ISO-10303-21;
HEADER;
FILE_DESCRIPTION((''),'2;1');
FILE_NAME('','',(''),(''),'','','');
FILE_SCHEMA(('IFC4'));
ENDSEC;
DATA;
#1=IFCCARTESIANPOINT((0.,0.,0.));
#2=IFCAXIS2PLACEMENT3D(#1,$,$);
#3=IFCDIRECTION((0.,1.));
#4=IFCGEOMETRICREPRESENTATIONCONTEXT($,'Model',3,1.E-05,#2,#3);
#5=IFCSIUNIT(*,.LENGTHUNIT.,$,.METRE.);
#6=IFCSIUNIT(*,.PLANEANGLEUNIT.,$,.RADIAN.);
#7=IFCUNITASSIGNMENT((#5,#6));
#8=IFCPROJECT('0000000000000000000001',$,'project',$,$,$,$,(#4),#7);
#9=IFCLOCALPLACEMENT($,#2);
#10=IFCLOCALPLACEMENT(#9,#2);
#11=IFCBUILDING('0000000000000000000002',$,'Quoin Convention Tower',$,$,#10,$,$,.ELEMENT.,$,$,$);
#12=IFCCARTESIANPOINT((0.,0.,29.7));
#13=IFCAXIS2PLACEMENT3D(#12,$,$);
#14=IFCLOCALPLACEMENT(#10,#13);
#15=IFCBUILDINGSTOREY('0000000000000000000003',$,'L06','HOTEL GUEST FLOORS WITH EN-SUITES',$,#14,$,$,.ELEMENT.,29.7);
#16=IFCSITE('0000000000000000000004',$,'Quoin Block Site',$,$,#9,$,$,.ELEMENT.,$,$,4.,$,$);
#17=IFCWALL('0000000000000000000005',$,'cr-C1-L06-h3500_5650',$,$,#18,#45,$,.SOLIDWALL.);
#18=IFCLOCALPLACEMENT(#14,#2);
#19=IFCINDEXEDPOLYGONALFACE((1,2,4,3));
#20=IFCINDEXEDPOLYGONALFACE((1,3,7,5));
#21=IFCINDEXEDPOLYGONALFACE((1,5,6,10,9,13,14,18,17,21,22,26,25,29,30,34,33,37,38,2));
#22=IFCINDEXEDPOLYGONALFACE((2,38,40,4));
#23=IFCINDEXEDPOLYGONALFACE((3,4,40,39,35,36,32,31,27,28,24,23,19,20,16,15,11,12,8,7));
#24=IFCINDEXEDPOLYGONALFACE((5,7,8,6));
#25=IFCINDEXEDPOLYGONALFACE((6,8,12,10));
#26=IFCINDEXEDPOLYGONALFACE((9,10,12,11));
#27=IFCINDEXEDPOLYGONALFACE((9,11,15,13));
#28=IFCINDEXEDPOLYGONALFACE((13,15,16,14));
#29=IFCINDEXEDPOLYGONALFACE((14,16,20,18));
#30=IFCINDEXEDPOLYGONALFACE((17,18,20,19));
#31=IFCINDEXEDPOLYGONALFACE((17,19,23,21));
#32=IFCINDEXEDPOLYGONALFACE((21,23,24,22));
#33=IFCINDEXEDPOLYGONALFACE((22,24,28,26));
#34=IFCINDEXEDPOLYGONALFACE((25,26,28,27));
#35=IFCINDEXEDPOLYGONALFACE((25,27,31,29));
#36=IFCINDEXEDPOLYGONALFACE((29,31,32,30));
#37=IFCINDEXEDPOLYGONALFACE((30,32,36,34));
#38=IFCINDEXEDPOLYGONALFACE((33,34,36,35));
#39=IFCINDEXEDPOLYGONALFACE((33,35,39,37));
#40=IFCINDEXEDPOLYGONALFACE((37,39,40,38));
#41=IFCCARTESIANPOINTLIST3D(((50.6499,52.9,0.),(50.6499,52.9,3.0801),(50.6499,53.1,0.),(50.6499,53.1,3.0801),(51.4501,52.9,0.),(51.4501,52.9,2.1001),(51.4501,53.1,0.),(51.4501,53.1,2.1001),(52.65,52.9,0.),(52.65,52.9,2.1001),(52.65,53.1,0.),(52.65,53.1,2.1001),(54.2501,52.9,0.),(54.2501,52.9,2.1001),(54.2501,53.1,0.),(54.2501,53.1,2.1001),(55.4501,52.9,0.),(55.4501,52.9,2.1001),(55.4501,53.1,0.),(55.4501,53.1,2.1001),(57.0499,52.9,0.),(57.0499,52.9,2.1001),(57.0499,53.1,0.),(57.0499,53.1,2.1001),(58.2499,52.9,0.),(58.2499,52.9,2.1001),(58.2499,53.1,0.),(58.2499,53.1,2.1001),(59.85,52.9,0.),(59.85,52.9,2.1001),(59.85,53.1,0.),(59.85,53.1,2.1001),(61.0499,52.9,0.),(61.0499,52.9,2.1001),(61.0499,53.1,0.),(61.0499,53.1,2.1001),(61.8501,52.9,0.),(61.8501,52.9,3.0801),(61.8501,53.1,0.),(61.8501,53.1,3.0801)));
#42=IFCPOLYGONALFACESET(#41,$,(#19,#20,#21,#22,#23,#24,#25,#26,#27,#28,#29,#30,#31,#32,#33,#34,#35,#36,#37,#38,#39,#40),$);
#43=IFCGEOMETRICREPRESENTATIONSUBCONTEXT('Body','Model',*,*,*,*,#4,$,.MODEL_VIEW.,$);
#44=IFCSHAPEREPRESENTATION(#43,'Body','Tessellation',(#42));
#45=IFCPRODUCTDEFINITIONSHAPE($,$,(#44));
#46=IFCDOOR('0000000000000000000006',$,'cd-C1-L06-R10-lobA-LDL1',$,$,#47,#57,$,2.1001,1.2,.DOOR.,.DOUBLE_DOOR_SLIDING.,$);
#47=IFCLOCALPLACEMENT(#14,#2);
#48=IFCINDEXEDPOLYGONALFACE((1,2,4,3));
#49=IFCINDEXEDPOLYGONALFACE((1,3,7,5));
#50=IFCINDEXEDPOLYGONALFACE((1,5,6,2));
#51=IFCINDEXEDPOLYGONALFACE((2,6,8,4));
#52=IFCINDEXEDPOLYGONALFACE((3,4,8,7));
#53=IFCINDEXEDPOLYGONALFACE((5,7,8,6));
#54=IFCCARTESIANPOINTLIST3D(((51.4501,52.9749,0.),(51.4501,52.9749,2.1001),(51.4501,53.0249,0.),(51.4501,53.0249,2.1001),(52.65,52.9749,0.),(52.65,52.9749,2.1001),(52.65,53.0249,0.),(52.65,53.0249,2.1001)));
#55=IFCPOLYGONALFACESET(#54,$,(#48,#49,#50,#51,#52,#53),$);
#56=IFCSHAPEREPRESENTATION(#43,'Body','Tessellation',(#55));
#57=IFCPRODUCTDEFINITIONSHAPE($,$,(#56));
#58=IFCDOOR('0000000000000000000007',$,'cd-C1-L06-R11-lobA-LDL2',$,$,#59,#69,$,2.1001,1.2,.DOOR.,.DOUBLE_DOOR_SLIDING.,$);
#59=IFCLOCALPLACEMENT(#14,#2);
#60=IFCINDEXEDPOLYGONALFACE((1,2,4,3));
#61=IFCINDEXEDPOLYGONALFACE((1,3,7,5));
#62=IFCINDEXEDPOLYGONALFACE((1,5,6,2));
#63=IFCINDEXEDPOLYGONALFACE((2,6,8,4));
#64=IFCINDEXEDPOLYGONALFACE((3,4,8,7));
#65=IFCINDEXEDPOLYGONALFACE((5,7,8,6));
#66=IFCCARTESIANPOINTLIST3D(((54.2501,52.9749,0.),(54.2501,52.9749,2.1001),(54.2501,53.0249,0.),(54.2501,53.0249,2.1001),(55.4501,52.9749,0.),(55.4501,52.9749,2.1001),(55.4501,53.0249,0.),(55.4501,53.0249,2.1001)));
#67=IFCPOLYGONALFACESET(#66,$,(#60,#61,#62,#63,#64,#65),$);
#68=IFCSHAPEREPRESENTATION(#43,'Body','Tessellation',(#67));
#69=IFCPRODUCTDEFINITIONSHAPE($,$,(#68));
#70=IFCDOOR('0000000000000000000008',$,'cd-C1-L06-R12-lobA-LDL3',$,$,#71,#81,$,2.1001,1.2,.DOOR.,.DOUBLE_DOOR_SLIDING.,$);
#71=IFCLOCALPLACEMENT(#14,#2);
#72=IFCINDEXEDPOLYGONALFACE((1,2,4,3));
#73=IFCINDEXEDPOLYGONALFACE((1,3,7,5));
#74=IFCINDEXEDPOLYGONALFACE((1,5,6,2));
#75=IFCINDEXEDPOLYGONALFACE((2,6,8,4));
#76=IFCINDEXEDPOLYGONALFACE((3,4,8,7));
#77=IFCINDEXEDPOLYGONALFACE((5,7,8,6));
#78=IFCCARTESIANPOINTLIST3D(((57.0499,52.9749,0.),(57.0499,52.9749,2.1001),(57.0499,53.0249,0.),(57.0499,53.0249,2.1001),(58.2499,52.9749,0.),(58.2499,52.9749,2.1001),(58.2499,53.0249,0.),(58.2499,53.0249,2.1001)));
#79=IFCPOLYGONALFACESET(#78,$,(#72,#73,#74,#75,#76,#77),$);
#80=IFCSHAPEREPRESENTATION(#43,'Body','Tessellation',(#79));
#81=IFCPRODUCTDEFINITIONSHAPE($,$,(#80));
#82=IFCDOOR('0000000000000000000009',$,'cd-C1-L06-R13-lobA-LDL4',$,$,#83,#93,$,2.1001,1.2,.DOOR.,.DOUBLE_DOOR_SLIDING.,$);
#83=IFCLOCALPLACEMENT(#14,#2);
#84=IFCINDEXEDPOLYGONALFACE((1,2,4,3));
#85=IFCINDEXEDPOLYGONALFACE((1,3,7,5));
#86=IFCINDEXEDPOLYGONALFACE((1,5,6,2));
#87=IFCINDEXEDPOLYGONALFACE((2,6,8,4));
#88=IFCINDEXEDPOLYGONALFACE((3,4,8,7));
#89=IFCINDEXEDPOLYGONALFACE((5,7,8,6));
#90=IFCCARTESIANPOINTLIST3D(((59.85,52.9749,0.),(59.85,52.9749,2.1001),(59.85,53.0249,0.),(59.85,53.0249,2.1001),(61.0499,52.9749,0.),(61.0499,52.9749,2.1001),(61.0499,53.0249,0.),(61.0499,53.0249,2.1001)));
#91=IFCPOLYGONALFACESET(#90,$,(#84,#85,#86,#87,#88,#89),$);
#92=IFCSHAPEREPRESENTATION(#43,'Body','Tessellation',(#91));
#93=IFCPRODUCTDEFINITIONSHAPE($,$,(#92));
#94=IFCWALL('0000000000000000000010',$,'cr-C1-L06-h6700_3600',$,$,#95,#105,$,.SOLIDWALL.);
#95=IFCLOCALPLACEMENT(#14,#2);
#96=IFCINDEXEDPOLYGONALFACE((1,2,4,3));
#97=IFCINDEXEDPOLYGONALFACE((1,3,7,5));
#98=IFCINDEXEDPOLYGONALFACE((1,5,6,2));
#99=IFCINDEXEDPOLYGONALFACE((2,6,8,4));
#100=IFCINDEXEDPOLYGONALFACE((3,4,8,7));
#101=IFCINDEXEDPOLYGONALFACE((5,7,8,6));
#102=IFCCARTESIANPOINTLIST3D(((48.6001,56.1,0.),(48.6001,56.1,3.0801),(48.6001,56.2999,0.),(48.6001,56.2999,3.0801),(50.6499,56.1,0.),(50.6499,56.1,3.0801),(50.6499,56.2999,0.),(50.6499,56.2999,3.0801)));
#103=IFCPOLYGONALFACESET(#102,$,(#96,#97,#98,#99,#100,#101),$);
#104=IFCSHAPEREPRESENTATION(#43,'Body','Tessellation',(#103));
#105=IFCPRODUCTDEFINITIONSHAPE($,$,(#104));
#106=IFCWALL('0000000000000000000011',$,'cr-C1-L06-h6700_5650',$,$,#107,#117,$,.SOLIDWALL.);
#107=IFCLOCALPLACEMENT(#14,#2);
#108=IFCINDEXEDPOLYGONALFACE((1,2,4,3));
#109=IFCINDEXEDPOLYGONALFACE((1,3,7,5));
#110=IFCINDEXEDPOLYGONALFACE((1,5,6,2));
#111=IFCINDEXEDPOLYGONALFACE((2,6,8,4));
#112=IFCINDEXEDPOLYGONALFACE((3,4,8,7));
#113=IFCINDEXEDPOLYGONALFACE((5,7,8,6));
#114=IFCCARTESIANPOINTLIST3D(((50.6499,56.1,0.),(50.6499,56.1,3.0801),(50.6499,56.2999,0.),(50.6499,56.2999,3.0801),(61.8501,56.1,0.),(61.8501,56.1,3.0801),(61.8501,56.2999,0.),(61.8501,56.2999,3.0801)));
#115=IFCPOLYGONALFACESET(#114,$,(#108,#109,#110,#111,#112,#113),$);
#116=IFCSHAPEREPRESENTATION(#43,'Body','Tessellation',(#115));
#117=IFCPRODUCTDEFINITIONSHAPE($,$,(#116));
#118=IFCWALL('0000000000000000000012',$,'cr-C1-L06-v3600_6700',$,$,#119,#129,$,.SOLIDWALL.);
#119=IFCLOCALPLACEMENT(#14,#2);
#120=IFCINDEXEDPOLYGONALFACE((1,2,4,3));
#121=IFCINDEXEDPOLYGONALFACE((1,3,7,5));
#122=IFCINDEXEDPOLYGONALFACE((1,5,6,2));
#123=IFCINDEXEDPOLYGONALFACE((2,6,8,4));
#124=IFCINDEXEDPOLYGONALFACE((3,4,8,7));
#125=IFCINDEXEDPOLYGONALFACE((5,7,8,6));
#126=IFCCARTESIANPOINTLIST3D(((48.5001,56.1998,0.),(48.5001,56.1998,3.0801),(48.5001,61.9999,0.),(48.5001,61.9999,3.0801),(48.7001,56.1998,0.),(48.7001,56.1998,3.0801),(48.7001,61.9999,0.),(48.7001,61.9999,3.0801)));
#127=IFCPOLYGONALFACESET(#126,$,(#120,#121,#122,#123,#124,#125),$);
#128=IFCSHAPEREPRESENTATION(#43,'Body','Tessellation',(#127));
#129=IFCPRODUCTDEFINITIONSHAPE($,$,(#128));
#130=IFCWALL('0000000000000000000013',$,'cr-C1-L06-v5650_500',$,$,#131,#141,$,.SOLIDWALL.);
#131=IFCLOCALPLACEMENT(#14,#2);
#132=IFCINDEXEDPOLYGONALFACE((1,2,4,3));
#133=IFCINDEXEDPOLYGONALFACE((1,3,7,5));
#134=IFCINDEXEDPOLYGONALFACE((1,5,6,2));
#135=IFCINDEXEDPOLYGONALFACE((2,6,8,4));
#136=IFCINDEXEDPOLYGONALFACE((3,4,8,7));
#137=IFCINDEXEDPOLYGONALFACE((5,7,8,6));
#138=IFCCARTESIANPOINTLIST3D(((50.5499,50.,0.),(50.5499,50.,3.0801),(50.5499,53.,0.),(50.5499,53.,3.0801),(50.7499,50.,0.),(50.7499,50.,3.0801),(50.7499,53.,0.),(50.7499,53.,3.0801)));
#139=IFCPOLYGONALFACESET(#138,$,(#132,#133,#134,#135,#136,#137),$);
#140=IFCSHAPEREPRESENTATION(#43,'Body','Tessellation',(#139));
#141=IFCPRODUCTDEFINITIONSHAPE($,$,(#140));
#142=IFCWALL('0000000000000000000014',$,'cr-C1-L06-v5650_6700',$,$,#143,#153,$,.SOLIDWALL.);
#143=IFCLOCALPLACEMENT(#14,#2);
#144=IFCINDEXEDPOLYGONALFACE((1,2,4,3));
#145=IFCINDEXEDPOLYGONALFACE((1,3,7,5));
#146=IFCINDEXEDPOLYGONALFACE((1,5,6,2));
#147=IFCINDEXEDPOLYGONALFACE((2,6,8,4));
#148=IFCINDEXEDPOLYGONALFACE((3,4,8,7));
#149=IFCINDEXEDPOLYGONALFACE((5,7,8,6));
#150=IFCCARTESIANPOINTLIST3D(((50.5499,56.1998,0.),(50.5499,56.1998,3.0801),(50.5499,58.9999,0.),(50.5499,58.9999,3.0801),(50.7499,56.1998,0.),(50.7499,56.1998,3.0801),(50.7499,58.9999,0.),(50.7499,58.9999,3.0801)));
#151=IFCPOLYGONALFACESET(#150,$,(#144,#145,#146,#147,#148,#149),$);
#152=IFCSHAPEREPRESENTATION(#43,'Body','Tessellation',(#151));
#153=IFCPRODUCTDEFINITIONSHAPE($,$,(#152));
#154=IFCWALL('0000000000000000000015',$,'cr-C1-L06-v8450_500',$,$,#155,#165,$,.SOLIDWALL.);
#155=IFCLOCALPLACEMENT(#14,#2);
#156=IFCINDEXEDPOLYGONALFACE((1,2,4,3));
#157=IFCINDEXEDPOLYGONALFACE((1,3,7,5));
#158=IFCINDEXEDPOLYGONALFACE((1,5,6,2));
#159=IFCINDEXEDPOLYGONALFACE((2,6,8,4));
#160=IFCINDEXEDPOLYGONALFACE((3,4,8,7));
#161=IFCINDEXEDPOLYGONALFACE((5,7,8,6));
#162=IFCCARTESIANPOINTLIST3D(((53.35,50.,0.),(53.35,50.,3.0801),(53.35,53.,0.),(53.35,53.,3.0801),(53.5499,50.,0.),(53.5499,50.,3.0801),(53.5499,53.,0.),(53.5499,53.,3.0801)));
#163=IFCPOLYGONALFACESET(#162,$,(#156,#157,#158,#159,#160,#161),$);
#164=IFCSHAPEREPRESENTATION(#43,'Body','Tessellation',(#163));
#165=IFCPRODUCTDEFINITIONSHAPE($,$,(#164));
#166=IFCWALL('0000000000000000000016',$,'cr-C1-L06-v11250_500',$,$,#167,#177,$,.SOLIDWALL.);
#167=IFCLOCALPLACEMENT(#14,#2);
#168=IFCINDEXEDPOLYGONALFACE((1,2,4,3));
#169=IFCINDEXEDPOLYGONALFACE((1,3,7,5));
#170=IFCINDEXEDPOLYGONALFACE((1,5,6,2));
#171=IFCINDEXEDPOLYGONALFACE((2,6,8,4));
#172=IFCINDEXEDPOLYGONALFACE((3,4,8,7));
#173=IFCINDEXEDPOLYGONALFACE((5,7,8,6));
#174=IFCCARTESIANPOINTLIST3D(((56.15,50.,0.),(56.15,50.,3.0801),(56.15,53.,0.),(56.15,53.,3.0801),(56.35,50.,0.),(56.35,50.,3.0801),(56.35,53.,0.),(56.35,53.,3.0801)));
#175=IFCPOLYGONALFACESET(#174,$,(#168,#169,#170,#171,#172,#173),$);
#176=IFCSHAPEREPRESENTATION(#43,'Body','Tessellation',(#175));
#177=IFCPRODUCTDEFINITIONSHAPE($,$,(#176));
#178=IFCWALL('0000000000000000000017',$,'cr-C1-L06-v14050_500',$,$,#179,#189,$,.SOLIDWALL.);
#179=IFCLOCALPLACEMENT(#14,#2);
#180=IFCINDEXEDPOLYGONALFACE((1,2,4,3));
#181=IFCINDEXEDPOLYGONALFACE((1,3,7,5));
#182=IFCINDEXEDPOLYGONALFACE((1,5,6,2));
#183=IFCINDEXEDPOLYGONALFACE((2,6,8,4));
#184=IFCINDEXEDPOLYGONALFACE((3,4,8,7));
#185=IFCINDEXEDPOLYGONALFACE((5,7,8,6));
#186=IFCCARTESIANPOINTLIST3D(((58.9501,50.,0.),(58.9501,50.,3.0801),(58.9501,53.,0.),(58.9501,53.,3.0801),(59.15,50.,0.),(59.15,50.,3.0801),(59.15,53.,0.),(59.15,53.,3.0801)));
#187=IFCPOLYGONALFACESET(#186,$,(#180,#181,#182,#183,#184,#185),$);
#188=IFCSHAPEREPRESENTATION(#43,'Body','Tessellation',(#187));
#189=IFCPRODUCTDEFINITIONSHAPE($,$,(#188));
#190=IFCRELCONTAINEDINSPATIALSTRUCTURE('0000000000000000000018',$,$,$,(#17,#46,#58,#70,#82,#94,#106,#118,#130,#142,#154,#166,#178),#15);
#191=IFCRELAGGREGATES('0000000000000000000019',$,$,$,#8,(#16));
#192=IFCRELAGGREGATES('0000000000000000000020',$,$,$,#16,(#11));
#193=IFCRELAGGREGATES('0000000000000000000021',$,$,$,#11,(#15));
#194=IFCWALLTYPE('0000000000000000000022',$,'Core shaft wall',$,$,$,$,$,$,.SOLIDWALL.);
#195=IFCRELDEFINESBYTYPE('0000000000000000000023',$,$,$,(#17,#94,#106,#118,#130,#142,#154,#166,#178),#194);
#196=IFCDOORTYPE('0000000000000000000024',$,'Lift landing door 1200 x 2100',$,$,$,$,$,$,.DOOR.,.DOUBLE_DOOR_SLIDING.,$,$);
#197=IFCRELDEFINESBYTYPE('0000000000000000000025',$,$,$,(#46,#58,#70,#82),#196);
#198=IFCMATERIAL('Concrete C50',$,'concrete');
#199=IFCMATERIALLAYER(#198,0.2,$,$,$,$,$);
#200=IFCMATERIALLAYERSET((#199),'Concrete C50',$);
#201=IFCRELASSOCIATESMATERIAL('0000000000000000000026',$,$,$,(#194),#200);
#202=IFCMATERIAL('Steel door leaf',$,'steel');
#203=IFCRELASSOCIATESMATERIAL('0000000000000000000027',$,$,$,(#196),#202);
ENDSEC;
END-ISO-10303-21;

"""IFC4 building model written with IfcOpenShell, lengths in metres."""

from ifc_helpers import new_model, si_unit, direction, frame, frame_2d, origin, place, context, subcontext, project, spatial, rectangle, extrude, material, layer, layer_set, type_object, element, fill, save


model = new_model("IFC4")

# Units and contexts
model_context = context("Model", 3, precision=1e-05, world=origin(), true_north=direction((0.0, 1.0)))
body_context = subcontext(model_context, "Body", "Model", "MODEL_VIEW")
ifc_project = project(units=[si_unit("LENGTHUNIT", "METRE"), si_unit("PLANEANGLEUNIT", "RADIAN")], contexts=[model_context])

# Site, building, storey
site_placement = place(None, origin())
site = spatial("IfcSite", under=ifc_project, at=site_placement, Name="Quoin Block Site", CompositionType="ELEMENT", RefElevation=4.0)
building_placement = place(site_placement, origin())
building = spatial("IfcBuilding", under=site, at=building_placement, Name="Quoin Convention Tower", CompositionType="ELEMENT")
storey_placement = place(building_placement, frame((0.0, 0.0, 29.7)))
storey = spatial("IfcBuildingStorey", under=building, at=storey_placement, Name="L06", Description="HOTEL GUEST FLOORS WITH EN-SUITES", CompositionType="ELEMENT", Elevation=29.7)

# Shared definitions
ifc_material_1 = material(Name="Steel door leaf", Category="steel")

# Wall, openings, doors
ifc_material_2 = material(Name="Concrete C50", Category="concrete")
ifc_layer_1 = layer(ifc_material_2, 0.2)
ifc_layer_set_1 = layer_set([ifc_layer_1], Name="Concrete C50")
wall_type_1 = type_object("IfcWallType", Name="Core shaft wall", PredefinedType="SOLIDWALL", material=ifc_layer_set_1)
wall_1_placement = place(storey_placement, frame((50.6499, 53.0, 0.0), z_axis=(0.0, 0.0, 1.0), x_axis=(1.0, 0.0, 0.0)))
wall_1 = element("IfcWall", 1, at=wall_1_placement, inside=storey, type_object=wall_type_1, Name="cr-C1-L06-h3500_5650", PredefinedType="SOLIDWALL", context=body_context, shape_type="SweptSolid", body=[
    extrude(rectangle(XDim=11.2002, YDim=0.2, at=frame_2d((5.6001, 0.0))), origin(), (0.0, 0.0, 1.0), 3.0801),
])
opening_1_placement = place(wall_1_placement, frame((0.8, 0.0, 0.0)))
opening_1 = element("IfcOpeningElement", 2, at=opening_1_placement, cuts=wall_1, PredefinedType="OPENING", context=body_context, shape_type="SweptSolid", body=[
    extrude(rectangle(XDim=1.2, YDim=2.1001, at=frame_2d((0.6001, 1.05))), frame((0.0, 0.1099, 0.0), z_axis=(0.0, -1.0, 0.0), x_axis=(1.0, 0.0, 0.0)), (0.0, 0.0, 1.0), 0.22),
])
opening_2_placement = place(wall_1_placement, frame((3.6001, 0.0, 0.0)))
opening_2 = element("IfcOpeningElement", 3, at=opening_2_placement, cuts=wall_1, PredefinedType="OPENING", context=body_context, shape_type="SweptSolid", body=[
    extrude(rectangle(XDim=1.2, YDim=2.1001, at=frame_2d((0.6001, 1.05))), frame((0.0, 0.1099, 0.0), z_axis=(0.0, -1.0, 0.0), x_axis=(1.0, 0.0, 0.0)), (0.0, 0.0, 1.0), 0.22),
])
opening_3_placement = place(wall_1_placement, frame((6.3999, 0.0, 0.0)))
opening_3 = element("IfcOpeningElement", 4, at=opening_3_placement, cuts=wall_1, PredefinedType="OPENING", context=body_context, shape_type="SweptSolid", body=[
    extrude(rectangle(XDim=1.2, YDim=2.1001, at=frame_2d((0.6001, 1.05))), frame((0.0, 0.1099, 0.0), z_axis=(0.0, -1.0, 0.0), x_axis=(1.0, 0.0, 0.0)), (0.0, 0.0, 1.0), 0.22),
])
opening_4_placement = place(wall_1_placement, frame((9.2, 0.0, 0.0)))
opening_4 = element("IfcOpeningElement", 5, at=opening_4_placement, cuts=wall_1, PredefinedType="OPENING", context=body_context, shape_type="SweptSolid", body=[
    extrude(rectangle(XDim=1.2, YDim=2.1001, at=frame_2d((0.6001, 1.05))), frame((0.0, 0.1099, 0.0), z_axis=(0.0, -1.0, 0.0), x_axis=(1.0, 0.0, 0.0)), (0.0, 0.0, 1.0), 0.22),
])
door_type_1 = type_object("IfcDoorType", Name="Lift landing door 1200 x 2100", OperationType="DOUBLE_DOOR_SLIDING", PredefinedType="DOOR", material=ifc_material_1)
door_1_placement = place(opening_1_placement, origin())
door_1 = element("IfcDoor", 6, at=door_1_placement, inside=storey, type_object=door_type_1, Name="cd-C1-L06-R10-lobA-LDL1", OperationType="DOUBLE_DOOR_SLIDING", OverallHeight=2.1001, OverallWidth=1.2, PredefinedType="DOOR", context=body_context, shape_type="SweptSolid", body=[
    extrude(rectangle(XDim=1.2, YDim=2.1001, at=frame_2d((0.6001, 1.05))), frame((0.0, 0.0249, 0.0), z_axis=(0.0, -1.0, 0.0), x_axis=(1.0, 0.0, 0.0)), (0.0, 0.0, 1.0), 0.05),
])
fill(opening_1, door_1)
door_2_placement = place(opening_2_placement, origin())
door_2 = element("IfcDoor", 7, at=door_2_placement, inside=storey, type_object=door_type_1, Name="cd-C1-L06-R11-lobA-LDL2", OperationType="DOUBLE_DOOR_SLIDING", OverallHeight=2.1001, OverallWidth=1.2, PredefinedType="DOOR", context=body_context, shape_type="SweptSolid", body=[
    extrude(rectangle(XDim=1.2, YDim=2.1001, at=frame_2d((0.6001, 1.05))), frame((0.0, 0.0249, 0.0), z_axis=(0.0, -1.0, 0.0), x_axis=(1.0, 0.0, 0.0)), (0.0, 0.0, 1.0), 0.05),
])
fill(opening_2, door_2)
door_3_placement = place(opening_3_placement, origin())
door_3 = element("IfcDoor", 8, at=door_3_placement, inside=storey, type_object=door_type_1, Name="cd-C1-L06-R12-lobA-LDL3", OperationType="DOUBLE_DOOR_SLIDING", OverallHeight=2.1001, OverallWidth=1.2, PredefinedType="DOOR", context=body_context, shape_type="SweptSolid", body=[
    extrude(rectangle(XDim=1.2, YDim=2.1001, at=frame_2d((0.6001, 1.05))), frame((0.0, 0.0249, 0.0), z_axis=(0.0, -1.0, 0.0), x_axis=(1.0, 0.0, 0.0)), (0.0, 0.0, 1.0), 0.05),
])
fill(opening_3, door_3)
door_4_placement = place(opening_4_placement, origin())
door_4 = element("IfcDoor", 9, at=door_4_placement, inside=storey, type_object=door_type_1, Name="cd-C1-L06-R13-lobA-LDL4", OperationType="DOUBLE_DOOR_SLIDING", OverallHeight=2.1001, OverallWidth=1.2, PredefinedType="DOOR", context=body_context, shape_type="SweptSolid", body=[
    extrude(rectangle(XDim=1.2, YDim=2.1001, at=frame_2d((0.6001, 1.05))), frame((0.0, 0.0249, 0.0), z_axis=(0.0, -1.0, 0.0), x_axis=(1.0, 0.0, 0.0)), (0.0, 0.0, 1.0), 0.05),
])
fill(opening_4, door_4)

# Walls
wall_2_placement = place(storey_placement, frame((48.6001, 56.2, 0.0), z_axis=(0.0, 0.0, 1.0), x_axis=(1.0, 0.0, 0.0)))
element("IfcWall", 10, at=wall_2_placement, inside=storey, type_object=wall_type_1, Name="cr-C1-L06-h6700_3600", PredefinedType="SOLIDWALL", context=body_context, shape_type="SweptSolid", body=[
    extrude(rectangle(XDim=2.0498, YDim=0.2, at=frame_2d((1.0249, 0.0))), origin(), (0.0, 0.0, 1.0), 3.0801),
])
wall_3_placement = place(storey_placement, frame((50.6499, 56.2, 0.0), z_axis=(0.0, 0.0, 1.0), x_axis=(1.0, 0.0, 0.0)))
element("IfcWall", 11, at=wall_3_placement, inside=storey, type_object=wall_type_1, Name="cr-C1-L06-h6700_5650", PredefinedType="SOLIDWALL", context=body_context, shape_type="SweptSolid", body=[
    extrude(rectangle(XDim=11.2002, YDim=0.2, at=frame_2d((5.6001, 0.0))), origin(), (0.0, 0.0, 1.0), 3.0801),
])
wall_4_placement = place(storey_placement, frame((48.6001, 56.2, 0.0), z_axis=(0.0, 0.0, 1.0), x_axis=(0.0, 1.0, 0.0)))
element("IfcWall", 12, at=wall_4_placement, inside=storey, type_object=wall_type_1, Name="cr-C1-L06-v3600_6700", PredefinedType="SOLIDWALL", context=body_context, shape_type="SweptSolid", body=[
    extrude(rectangle(XDim=5.8, YDim=0.2, at=frame_2d((2.8999, 0.0))), origin(), (0.0, 0.0, 1.0), 3.0801),
])
wall_5_placement = place(storey_placement, frame((50.6499, 50.0, 0.0), z_axis=(0.0, 0.0, 1.0), x_axis=(0.0, 1.0, 0.0)))
element("IfcWall", 13, at=wall_5_placement, inside=storey, type_object=wall_type_1, Name="cr-C1-L06-v5650_500", PredefinedType="SOLIDWALL", context=body_context, shape_type="SweptSolid", body=[
    extrude(rectangle(XDim=3.0, YDim=0.2, at=frame_2d((1.5, 0.0))), origin(), (0.0, 0.0, 1.0), 3.0801),
])
wall_6_placement = place(storey_placement, frame((50.6499, 56.2, 0.0), z_axis=(0.0, 0.0, 1.0), x_axis=(0.0, 1.0, 0.0)))
element("IfcWall", 14, at=wall_6_placement, inside=storey, type_object=wall_type_1, Name="cr-C1-L06-v5650_6700", PredefinedType="SOLIDWALL", context=body_context, shape_type="SweptSolid", body=[
    extrude(rectangle(XDim=2.8, YDim=0.2, at=frame_2d((1.3999, 0.0))), origin(), (0.0, 0.0, 1.0), 3.0801),
])
for number, where, z_axis, x_axis, name in (
    (15, (53.45, 50.0, 0.0), (0.0, 0.0, 1.0), (0.0, 1.0, 0.0), "cr-C1-L06-v8450_500"),
    (16, (56.25, 50.0, 0.0), (0.0, 0.0, 1.0), (0.0, 1.0, 0.0), "cr-C1-L06-v11250_500"),
    (17, (59.05, 50.0, 0.0), (0.0, 0.0, 1.0), (0.0, 1.0, 0.0), "cr-C1-L06-v14050_500"),
):
    element("IfcWall", number, at=place(storey_placement, frame(where, z_axis=z_axis, x_axis=x_axis)), inside=storey, type_object=wall_type_1, Name=name, PredefinedType="SOLIDWALL", context=body_context, shape_type="SweptSolid", body=[
        extrude(rectangle(XDim=3.0, YDim=0.2, at=frame_2d((1.5, 0.0))), origin(), (0.0, 0.0, 1.0), 3.0801),
    ])

save(model, "model.ifc")
